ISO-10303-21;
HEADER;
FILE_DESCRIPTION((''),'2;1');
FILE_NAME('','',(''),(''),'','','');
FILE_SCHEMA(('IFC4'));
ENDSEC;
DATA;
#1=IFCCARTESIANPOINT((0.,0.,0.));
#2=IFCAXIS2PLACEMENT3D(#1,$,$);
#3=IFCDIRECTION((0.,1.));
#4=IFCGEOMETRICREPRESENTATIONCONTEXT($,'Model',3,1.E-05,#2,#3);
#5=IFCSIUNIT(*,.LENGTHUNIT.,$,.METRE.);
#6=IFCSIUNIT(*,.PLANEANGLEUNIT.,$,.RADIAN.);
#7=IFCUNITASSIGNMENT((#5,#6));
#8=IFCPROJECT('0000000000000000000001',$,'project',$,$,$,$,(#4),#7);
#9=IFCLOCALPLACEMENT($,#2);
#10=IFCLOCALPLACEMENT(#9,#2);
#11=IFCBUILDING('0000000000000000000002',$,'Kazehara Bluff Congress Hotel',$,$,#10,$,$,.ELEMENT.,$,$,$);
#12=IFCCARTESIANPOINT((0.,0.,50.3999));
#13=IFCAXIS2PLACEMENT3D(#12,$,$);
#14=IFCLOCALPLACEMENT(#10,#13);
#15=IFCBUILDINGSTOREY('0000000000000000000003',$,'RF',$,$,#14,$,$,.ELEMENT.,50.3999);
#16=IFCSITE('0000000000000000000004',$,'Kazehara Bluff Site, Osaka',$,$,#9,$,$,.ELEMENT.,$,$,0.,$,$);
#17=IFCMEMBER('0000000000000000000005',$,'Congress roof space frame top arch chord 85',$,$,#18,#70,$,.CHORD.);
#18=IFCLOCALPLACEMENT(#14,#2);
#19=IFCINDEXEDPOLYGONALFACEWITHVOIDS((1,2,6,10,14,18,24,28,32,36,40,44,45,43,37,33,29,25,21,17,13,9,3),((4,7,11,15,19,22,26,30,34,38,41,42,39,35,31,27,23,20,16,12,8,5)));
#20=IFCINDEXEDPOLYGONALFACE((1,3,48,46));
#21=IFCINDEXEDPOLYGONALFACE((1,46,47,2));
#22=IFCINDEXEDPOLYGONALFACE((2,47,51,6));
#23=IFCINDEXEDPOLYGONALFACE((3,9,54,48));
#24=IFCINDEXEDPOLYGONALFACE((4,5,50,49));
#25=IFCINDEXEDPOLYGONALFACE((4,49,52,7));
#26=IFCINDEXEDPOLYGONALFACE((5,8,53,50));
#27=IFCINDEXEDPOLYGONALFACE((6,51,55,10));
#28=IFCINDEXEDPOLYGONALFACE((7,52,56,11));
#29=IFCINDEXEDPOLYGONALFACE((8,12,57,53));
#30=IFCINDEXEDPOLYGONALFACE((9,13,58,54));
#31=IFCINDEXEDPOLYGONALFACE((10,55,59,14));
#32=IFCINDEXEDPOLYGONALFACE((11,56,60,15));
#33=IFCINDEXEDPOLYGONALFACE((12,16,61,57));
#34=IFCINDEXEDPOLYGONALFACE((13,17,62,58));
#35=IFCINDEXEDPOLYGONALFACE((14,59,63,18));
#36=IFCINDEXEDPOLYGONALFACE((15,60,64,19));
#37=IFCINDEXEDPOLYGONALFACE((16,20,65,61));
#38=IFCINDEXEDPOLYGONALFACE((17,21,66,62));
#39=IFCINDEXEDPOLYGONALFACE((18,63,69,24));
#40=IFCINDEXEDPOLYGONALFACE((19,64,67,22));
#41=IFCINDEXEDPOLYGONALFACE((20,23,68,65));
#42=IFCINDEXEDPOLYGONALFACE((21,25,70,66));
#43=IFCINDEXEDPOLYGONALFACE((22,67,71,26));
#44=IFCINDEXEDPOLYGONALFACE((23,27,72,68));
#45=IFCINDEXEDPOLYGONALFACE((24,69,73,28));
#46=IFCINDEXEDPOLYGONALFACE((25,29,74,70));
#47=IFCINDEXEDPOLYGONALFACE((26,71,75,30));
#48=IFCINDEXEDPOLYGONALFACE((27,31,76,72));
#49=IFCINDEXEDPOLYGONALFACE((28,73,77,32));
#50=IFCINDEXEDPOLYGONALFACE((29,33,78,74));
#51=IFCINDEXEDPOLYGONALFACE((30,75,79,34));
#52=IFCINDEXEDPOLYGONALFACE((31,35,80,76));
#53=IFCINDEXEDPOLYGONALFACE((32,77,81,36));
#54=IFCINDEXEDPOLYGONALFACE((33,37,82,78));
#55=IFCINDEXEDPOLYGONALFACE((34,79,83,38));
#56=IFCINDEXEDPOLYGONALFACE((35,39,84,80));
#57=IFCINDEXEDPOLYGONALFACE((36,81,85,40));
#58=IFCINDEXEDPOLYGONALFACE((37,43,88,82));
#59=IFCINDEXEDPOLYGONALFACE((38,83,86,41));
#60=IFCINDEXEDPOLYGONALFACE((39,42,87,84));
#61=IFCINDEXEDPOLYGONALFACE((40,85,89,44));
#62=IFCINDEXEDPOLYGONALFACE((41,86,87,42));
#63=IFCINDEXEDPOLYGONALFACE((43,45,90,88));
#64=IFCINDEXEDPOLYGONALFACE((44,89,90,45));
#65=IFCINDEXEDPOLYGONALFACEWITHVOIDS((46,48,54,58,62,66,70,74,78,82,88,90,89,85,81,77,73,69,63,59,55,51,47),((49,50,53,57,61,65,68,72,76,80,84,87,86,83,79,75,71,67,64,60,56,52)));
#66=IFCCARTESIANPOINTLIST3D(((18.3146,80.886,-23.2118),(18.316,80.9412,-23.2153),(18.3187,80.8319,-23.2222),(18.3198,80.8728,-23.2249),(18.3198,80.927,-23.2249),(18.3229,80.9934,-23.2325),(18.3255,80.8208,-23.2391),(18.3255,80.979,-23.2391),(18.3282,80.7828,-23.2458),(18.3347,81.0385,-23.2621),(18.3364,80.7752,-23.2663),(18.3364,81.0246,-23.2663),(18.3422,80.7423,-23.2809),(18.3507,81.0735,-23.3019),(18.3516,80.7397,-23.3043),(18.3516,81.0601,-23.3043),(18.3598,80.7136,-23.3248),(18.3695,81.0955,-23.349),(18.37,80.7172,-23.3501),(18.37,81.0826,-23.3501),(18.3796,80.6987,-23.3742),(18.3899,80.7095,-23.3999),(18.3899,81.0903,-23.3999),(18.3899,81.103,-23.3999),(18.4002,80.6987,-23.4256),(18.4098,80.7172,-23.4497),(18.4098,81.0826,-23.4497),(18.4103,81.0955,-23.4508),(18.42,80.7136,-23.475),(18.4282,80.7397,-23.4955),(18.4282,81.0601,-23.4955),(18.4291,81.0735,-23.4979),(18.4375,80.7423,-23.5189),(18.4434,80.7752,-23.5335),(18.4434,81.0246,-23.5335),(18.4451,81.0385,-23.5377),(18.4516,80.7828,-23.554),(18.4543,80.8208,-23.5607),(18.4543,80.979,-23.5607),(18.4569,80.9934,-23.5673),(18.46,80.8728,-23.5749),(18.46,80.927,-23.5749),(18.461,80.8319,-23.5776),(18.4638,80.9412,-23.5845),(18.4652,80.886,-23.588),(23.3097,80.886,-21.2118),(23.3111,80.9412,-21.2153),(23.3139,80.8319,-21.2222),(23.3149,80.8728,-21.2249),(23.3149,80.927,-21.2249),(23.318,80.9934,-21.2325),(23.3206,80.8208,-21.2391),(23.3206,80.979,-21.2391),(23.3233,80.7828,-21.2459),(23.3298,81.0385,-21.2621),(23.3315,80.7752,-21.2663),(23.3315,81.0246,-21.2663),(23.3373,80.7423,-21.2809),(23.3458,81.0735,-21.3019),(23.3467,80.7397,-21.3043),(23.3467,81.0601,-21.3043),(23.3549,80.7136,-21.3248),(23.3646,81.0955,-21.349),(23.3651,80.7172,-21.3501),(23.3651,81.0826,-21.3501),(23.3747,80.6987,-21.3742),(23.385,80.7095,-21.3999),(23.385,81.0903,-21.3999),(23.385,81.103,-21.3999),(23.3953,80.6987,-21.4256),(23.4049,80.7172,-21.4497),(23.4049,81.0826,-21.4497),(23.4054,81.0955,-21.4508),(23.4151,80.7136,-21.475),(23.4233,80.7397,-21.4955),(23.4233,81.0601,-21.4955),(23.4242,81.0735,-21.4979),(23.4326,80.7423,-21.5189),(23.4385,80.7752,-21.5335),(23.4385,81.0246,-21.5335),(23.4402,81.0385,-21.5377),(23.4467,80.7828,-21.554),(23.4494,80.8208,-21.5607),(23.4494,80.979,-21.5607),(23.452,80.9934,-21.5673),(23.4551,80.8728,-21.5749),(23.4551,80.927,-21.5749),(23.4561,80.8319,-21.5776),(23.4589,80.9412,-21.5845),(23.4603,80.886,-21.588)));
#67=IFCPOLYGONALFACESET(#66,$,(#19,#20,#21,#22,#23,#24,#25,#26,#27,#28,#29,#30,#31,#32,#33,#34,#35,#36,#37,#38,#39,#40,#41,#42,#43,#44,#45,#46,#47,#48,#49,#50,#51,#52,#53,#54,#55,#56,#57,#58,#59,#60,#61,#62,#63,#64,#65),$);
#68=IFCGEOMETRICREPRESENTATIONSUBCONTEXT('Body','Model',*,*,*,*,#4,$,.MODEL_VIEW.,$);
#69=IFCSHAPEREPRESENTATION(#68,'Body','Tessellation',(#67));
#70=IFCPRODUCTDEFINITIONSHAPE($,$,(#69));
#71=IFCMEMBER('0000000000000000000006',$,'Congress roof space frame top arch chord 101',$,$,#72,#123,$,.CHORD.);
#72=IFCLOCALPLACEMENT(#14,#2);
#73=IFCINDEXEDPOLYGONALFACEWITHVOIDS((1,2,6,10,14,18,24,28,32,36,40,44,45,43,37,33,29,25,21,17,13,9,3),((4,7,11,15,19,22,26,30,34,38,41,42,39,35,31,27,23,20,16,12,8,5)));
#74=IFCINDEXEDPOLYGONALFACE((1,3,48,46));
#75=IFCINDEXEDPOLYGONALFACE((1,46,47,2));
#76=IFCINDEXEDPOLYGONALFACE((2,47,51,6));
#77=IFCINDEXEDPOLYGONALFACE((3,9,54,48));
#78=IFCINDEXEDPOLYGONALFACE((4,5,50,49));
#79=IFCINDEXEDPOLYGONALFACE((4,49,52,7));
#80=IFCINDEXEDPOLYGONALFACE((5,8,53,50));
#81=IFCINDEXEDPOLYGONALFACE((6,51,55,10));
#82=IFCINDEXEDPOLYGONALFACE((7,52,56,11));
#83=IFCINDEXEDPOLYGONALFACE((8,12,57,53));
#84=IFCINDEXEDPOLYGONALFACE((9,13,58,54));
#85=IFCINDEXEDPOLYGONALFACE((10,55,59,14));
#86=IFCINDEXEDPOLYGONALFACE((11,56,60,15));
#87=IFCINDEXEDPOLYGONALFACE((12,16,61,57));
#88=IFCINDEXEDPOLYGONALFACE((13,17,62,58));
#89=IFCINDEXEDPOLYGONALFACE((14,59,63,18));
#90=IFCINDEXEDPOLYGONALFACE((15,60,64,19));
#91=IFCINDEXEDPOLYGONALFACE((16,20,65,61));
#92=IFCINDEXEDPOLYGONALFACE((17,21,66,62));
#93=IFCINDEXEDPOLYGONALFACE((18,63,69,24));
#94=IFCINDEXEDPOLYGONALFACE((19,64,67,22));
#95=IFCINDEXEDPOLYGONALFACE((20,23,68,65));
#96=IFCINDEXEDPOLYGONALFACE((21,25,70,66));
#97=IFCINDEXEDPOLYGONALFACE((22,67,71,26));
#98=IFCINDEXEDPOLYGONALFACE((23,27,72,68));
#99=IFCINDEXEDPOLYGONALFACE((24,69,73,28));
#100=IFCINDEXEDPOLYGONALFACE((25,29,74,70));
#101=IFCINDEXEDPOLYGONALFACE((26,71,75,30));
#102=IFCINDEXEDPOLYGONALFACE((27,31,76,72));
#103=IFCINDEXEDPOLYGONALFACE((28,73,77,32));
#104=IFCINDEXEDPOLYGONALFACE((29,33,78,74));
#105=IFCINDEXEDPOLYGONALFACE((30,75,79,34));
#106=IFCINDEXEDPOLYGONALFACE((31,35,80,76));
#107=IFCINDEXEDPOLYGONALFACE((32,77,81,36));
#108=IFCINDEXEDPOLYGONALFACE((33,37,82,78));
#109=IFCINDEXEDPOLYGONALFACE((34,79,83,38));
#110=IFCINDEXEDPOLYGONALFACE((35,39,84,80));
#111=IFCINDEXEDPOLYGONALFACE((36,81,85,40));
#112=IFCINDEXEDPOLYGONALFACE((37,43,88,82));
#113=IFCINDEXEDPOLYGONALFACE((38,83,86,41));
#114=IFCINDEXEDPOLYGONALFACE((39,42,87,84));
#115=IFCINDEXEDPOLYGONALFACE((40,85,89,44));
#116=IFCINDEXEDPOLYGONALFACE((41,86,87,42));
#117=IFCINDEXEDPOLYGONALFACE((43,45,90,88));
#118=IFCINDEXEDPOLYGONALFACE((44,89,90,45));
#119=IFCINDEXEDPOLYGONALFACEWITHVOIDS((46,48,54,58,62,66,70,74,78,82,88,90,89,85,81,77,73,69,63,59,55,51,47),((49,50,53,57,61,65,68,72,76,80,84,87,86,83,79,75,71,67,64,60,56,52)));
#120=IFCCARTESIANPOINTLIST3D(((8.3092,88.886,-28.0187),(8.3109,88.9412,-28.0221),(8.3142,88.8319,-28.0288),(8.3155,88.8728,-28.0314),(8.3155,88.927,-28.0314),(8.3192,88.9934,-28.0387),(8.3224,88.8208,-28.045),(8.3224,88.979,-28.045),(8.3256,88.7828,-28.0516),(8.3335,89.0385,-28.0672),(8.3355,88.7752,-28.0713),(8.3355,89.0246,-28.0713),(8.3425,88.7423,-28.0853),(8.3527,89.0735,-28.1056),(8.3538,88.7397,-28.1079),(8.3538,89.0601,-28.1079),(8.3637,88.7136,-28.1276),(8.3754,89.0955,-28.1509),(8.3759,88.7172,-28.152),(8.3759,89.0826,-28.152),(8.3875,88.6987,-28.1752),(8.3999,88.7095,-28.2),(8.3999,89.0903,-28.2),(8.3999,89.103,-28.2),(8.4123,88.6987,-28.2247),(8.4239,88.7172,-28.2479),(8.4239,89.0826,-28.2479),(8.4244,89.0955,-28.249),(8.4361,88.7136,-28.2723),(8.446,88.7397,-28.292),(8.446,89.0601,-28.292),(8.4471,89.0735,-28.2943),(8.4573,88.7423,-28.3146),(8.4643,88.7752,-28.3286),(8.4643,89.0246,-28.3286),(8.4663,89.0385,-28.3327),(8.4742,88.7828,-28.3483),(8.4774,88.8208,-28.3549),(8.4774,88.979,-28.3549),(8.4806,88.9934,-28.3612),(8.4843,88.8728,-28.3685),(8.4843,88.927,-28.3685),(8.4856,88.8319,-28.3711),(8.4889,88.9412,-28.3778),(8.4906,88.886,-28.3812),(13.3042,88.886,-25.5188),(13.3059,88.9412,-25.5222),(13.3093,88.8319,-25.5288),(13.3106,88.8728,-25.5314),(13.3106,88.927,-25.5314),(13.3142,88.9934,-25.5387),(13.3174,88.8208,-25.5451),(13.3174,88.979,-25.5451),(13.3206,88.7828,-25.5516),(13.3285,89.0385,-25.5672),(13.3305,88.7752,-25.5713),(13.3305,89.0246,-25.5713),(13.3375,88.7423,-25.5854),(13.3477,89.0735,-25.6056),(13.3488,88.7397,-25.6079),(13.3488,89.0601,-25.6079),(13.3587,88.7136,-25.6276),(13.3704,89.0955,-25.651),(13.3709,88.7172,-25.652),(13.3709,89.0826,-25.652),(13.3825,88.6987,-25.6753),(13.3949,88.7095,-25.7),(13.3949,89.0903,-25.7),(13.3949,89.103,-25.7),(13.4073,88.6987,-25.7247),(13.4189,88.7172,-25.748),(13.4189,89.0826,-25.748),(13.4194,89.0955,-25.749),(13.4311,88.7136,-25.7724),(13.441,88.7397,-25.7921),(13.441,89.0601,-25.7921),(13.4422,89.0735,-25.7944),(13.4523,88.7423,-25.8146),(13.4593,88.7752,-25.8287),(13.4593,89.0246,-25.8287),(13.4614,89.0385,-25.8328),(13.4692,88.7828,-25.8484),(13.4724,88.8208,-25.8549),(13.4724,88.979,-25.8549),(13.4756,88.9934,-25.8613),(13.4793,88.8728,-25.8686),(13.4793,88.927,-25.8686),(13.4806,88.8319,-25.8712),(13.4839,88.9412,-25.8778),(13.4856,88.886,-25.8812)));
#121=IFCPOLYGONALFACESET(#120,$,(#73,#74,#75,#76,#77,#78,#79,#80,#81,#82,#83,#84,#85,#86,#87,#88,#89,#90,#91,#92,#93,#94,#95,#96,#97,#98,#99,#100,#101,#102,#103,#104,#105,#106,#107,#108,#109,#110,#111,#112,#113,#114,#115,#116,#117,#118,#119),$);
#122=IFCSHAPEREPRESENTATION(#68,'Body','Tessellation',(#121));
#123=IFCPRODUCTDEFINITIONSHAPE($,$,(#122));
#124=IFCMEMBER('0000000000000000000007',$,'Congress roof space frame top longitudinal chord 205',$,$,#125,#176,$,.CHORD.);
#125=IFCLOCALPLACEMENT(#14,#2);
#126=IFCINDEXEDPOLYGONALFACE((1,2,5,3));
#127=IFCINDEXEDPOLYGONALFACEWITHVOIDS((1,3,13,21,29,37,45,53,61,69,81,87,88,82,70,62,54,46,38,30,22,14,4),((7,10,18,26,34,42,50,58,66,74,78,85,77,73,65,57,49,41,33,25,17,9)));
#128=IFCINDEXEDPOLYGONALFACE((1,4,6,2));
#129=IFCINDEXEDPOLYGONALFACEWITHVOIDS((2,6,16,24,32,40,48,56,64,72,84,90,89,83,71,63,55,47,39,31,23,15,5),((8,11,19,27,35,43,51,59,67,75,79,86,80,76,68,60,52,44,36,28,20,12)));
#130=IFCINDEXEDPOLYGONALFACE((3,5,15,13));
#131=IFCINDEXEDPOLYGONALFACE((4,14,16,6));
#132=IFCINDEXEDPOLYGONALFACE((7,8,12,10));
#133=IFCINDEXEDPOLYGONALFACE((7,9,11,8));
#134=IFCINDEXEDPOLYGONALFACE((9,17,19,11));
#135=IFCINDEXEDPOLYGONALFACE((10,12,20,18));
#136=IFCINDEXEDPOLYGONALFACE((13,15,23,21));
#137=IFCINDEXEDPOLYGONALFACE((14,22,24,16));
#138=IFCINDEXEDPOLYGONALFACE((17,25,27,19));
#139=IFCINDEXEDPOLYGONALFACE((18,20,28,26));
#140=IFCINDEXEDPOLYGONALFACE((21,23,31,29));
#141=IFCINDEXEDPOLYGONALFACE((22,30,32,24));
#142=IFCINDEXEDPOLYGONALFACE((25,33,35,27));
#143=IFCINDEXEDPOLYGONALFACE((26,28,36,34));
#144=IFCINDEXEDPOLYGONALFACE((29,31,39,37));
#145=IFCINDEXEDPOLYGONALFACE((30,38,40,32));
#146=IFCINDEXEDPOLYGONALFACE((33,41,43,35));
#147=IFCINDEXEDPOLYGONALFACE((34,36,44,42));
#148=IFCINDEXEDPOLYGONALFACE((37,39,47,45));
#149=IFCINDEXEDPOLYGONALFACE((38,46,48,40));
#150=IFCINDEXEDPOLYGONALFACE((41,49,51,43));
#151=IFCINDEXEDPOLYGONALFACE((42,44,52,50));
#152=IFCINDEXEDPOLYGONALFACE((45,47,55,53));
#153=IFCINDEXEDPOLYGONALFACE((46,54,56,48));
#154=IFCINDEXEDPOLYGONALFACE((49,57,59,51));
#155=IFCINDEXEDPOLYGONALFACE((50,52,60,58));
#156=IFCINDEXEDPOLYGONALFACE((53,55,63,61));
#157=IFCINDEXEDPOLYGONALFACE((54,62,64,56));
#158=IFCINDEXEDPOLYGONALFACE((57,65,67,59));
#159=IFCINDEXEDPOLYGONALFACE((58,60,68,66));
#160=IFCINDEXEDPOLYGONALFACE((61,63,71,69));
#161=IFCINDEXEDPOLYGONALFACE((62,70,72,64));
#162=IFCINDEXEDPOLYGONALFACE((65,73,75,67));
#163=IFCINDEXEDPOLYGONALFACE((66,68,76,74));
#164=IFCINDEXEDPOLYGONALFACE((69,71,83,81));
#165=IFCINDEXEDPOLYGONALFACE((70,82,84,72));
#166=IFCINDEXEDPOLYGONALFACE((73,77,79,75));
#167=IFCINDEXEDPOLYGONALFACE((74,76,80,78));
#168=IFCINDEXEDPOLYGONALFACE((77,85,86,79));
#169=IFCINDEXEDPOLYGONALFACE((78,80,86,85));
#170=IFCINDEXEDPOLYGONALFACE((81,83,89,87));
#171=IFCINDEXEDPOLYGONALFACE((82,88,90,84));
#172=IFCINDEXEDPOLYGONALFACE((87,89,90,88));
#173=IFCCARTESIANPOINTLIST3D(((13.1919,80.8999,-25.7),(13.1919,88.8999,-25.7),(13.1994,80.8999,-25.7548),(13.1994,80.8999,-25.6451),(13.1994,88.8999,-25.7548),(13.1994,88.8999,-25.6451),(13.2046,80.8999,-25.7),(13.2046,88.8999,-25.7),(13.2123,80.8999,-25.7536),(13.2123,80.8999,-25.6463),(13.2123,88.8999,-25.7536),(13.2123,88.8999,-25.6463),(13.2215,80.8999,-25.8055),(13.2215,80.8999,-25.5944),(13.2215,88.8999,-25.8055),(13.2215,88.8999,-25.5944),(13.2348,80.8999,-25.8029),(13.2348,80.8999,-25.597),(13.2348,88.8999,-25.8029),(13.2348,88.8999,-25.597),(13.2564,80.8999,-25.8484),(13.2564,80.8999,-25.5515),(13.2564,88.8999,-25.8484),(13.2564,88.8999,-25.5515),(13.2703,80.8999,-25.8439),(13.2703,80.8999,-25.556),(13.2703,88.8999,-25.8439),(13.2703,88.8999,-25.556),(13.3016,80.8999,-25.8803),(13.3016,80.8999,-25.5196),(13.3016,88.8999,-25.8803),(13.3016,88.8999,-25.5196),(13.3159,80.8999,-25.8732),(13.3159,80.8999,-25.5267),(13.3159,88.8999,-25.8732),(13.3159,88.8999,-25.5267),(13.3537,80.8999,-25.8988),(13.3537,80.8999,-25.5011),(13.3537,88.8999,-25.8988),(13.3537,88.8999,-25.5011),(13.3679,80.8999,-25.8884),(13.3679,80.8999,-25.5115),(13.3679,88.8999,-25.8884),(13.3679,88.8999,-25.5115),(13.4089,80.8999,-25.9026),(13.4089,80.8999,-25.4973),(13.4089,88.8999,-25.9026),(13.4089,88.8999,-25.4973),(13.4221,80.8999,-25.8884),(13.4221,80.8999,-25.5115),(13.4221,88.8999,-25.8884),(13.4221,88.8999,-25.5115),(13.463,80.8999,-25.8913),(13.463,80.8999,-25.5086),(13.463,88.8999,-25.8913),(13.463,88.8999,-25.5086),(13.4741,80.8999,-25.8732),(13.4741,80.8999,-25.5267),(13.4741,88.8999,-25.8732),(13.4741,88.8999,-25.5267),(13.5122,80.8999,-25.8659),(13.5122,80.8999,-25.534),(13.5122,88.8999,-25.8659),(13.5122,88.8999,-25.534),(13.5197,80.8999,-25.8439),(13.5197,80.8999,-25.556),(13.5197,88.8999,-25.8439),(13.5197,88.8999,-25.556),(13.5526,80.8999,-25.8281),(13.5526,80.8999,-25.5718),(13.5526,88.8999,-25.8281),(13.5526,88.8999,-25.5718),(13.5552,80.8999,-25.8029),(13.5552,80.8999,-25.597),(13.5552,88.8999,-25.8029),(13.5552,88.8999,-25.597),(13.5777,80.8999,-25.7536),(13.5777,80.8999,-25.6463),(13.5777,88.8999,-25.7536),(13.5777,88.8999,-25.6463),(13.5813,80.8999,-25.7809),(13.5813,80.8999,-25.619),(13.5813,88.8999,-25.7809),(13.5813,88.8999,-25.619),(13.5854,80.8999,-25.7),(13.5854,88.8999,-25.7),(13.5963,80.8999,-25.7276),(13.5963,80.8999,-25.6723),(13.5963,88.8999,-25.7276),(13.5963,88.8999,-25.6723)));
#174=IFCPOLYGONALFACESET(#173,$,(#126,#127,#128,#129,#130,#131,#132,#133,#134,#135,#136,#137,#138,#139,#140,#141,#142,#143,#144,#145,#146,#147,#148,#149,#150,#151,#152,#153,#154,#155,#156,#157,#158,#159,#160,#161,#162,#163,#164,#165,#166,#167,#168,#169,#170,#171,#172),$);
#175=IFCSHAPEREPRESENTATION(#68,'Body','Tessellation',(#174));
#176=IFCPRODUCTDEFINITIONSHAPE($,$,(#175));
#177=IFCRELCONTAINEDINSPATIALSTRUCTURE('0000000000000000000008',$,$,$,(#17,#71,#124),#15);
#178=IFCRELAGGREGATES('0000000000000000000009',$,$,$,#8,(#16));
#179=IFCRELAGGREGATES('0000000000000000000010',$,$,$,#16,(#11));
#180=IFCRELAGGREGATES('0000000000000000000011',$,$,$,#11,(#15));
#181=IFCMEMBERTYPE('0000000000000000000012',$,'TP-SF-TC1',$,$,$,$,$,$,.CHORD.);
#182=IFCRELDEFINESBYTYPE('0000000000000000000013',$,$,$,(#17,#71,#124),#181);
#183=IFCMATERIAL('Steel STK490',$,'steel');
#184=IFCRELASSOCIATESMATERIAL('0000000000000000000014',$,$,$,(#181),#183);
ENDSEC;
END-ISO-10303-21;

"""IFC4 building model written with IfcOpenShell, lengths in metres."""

from ifc_helpers import new_model, si_unit, direction, frame, origin, origin_2d, place, context, subcontext, project, spatial, hollow_circle, extrude, material, material_profile, profile_set, type_object, element, save


model = new_model("IFC4")

# Units and contexts
model_context = context("Model", 3, precision=1e-05, world=origin(), true_north=direction((0.0, 1.0)))
body_context = subcontext(model_context, "Body", "Model", "MODEL_VIEW")
ifc_project = project(units=[si_unit("LENGTHUNIT", "METRE"), si_unit("PLANEANGLEUNIT", "RADIAN")], contexts=[model_context])

# Site, building, storey
site_placement = place(None, origin())
site = spatial("IfcSite", under=ifc_project, at=site_placement, Name="Kazehara Bluff Site, Osaka", CompositionType="ELEMENT", RefElevation=0.0)
building_placement = place(site_placement, origin())
building = spatial("IfcBuilding", under=site, at=building_placement, Name="Kazehara Bluff Congress Hotel", CompositionType="ELEMENT")
storey_placement = place(building_placement, frame((0.0, 0.0, 50.3999)))
storey = spatial("IfcBuildingStorey", under=building, at=storey_placement, Name="RF", CompositionType="ELEMENT", Elevation=50.3999)

# Members
ifc_material_1 = material(Name="Steel STK490", Category="steel")
ifc_material_profile_1 = material_profile(ifc_material_1, hollow_circle(Radius=0.2031, WallThickness=0.0127, at=origin_2d()))
ifc_profile_set_1 = profile_set([ifc_material_profile_1], Name="Steel STK490")
member_type_1 = type_object("IfcMemberType", Name="TP-SF-TC1", PredefinedType="CHORD", material=ifc_profile_set_1)
member_1_placement = place(storey_placement, frame((18.3899, 80.8999, -23.3999), z_axis=(0.928351, 0.0, 0.371704), x_axis=(0.0, 1.0, 0.0)))
element("IfcMember", 1, at=member_1_placement, inside=storey, type_object=member_type_1, Name="Congress roof space frame top arch chord 85", PredefinedType="CHORD", context=body_context, shape_type="SweptSolid", body=[
    extrude(hollow_circle(Radius=0.2031, WallThickness=0.0127, at=origin_2d()), origin(), (0.0, 0.0, 1.0), 5.3806),
])
member_2_placement = place(storey_placement, frame((8.3999, 88.8999, -28.2), z_axis=(0.894252, 0.0, 0.447563), x_axis=(0.0, 1.0, 0.0)))
element("IfcMember", 2, at=member_2_placement, inside=storey, type_object=member_type_1, Name="Congress roof space frame top arch chord 101", PredefinedType="CHORD", context=body_context, shape_type="SweptSolid", body=[
    extrude(hollow_circle(Radius=0.2031, WallThickness=0.0127, at=origin_2d()), origin(), (0.0, 0.0, 1.0), 5.5857),
])
for number, where, z_axis, x_axis, name in (
    (3, (13.395, 80.8999, -25.7), (0.0, 1.0, 0.0), (-1.0, 0.0, 0.0), "Congress roof space frame top longitudinal chord 205"),
):
    element("IfcMember", number, at=place(storey_placement, frame(where, z_axis=z_axis, x_axis=x_axis)), inside=storey, type_object=member_type_1, Name=name, PredefinedType="CHORD", context=body_context, shape_type="SweptSolid", body=[
        extrude(hollow_circle(Radius=0.2031, WallThickness=0.0127, at=origin_2d()), origin(), (0.0, 0.0, 1.0), 8.0),
    ])

save(model, "model.ifc")
